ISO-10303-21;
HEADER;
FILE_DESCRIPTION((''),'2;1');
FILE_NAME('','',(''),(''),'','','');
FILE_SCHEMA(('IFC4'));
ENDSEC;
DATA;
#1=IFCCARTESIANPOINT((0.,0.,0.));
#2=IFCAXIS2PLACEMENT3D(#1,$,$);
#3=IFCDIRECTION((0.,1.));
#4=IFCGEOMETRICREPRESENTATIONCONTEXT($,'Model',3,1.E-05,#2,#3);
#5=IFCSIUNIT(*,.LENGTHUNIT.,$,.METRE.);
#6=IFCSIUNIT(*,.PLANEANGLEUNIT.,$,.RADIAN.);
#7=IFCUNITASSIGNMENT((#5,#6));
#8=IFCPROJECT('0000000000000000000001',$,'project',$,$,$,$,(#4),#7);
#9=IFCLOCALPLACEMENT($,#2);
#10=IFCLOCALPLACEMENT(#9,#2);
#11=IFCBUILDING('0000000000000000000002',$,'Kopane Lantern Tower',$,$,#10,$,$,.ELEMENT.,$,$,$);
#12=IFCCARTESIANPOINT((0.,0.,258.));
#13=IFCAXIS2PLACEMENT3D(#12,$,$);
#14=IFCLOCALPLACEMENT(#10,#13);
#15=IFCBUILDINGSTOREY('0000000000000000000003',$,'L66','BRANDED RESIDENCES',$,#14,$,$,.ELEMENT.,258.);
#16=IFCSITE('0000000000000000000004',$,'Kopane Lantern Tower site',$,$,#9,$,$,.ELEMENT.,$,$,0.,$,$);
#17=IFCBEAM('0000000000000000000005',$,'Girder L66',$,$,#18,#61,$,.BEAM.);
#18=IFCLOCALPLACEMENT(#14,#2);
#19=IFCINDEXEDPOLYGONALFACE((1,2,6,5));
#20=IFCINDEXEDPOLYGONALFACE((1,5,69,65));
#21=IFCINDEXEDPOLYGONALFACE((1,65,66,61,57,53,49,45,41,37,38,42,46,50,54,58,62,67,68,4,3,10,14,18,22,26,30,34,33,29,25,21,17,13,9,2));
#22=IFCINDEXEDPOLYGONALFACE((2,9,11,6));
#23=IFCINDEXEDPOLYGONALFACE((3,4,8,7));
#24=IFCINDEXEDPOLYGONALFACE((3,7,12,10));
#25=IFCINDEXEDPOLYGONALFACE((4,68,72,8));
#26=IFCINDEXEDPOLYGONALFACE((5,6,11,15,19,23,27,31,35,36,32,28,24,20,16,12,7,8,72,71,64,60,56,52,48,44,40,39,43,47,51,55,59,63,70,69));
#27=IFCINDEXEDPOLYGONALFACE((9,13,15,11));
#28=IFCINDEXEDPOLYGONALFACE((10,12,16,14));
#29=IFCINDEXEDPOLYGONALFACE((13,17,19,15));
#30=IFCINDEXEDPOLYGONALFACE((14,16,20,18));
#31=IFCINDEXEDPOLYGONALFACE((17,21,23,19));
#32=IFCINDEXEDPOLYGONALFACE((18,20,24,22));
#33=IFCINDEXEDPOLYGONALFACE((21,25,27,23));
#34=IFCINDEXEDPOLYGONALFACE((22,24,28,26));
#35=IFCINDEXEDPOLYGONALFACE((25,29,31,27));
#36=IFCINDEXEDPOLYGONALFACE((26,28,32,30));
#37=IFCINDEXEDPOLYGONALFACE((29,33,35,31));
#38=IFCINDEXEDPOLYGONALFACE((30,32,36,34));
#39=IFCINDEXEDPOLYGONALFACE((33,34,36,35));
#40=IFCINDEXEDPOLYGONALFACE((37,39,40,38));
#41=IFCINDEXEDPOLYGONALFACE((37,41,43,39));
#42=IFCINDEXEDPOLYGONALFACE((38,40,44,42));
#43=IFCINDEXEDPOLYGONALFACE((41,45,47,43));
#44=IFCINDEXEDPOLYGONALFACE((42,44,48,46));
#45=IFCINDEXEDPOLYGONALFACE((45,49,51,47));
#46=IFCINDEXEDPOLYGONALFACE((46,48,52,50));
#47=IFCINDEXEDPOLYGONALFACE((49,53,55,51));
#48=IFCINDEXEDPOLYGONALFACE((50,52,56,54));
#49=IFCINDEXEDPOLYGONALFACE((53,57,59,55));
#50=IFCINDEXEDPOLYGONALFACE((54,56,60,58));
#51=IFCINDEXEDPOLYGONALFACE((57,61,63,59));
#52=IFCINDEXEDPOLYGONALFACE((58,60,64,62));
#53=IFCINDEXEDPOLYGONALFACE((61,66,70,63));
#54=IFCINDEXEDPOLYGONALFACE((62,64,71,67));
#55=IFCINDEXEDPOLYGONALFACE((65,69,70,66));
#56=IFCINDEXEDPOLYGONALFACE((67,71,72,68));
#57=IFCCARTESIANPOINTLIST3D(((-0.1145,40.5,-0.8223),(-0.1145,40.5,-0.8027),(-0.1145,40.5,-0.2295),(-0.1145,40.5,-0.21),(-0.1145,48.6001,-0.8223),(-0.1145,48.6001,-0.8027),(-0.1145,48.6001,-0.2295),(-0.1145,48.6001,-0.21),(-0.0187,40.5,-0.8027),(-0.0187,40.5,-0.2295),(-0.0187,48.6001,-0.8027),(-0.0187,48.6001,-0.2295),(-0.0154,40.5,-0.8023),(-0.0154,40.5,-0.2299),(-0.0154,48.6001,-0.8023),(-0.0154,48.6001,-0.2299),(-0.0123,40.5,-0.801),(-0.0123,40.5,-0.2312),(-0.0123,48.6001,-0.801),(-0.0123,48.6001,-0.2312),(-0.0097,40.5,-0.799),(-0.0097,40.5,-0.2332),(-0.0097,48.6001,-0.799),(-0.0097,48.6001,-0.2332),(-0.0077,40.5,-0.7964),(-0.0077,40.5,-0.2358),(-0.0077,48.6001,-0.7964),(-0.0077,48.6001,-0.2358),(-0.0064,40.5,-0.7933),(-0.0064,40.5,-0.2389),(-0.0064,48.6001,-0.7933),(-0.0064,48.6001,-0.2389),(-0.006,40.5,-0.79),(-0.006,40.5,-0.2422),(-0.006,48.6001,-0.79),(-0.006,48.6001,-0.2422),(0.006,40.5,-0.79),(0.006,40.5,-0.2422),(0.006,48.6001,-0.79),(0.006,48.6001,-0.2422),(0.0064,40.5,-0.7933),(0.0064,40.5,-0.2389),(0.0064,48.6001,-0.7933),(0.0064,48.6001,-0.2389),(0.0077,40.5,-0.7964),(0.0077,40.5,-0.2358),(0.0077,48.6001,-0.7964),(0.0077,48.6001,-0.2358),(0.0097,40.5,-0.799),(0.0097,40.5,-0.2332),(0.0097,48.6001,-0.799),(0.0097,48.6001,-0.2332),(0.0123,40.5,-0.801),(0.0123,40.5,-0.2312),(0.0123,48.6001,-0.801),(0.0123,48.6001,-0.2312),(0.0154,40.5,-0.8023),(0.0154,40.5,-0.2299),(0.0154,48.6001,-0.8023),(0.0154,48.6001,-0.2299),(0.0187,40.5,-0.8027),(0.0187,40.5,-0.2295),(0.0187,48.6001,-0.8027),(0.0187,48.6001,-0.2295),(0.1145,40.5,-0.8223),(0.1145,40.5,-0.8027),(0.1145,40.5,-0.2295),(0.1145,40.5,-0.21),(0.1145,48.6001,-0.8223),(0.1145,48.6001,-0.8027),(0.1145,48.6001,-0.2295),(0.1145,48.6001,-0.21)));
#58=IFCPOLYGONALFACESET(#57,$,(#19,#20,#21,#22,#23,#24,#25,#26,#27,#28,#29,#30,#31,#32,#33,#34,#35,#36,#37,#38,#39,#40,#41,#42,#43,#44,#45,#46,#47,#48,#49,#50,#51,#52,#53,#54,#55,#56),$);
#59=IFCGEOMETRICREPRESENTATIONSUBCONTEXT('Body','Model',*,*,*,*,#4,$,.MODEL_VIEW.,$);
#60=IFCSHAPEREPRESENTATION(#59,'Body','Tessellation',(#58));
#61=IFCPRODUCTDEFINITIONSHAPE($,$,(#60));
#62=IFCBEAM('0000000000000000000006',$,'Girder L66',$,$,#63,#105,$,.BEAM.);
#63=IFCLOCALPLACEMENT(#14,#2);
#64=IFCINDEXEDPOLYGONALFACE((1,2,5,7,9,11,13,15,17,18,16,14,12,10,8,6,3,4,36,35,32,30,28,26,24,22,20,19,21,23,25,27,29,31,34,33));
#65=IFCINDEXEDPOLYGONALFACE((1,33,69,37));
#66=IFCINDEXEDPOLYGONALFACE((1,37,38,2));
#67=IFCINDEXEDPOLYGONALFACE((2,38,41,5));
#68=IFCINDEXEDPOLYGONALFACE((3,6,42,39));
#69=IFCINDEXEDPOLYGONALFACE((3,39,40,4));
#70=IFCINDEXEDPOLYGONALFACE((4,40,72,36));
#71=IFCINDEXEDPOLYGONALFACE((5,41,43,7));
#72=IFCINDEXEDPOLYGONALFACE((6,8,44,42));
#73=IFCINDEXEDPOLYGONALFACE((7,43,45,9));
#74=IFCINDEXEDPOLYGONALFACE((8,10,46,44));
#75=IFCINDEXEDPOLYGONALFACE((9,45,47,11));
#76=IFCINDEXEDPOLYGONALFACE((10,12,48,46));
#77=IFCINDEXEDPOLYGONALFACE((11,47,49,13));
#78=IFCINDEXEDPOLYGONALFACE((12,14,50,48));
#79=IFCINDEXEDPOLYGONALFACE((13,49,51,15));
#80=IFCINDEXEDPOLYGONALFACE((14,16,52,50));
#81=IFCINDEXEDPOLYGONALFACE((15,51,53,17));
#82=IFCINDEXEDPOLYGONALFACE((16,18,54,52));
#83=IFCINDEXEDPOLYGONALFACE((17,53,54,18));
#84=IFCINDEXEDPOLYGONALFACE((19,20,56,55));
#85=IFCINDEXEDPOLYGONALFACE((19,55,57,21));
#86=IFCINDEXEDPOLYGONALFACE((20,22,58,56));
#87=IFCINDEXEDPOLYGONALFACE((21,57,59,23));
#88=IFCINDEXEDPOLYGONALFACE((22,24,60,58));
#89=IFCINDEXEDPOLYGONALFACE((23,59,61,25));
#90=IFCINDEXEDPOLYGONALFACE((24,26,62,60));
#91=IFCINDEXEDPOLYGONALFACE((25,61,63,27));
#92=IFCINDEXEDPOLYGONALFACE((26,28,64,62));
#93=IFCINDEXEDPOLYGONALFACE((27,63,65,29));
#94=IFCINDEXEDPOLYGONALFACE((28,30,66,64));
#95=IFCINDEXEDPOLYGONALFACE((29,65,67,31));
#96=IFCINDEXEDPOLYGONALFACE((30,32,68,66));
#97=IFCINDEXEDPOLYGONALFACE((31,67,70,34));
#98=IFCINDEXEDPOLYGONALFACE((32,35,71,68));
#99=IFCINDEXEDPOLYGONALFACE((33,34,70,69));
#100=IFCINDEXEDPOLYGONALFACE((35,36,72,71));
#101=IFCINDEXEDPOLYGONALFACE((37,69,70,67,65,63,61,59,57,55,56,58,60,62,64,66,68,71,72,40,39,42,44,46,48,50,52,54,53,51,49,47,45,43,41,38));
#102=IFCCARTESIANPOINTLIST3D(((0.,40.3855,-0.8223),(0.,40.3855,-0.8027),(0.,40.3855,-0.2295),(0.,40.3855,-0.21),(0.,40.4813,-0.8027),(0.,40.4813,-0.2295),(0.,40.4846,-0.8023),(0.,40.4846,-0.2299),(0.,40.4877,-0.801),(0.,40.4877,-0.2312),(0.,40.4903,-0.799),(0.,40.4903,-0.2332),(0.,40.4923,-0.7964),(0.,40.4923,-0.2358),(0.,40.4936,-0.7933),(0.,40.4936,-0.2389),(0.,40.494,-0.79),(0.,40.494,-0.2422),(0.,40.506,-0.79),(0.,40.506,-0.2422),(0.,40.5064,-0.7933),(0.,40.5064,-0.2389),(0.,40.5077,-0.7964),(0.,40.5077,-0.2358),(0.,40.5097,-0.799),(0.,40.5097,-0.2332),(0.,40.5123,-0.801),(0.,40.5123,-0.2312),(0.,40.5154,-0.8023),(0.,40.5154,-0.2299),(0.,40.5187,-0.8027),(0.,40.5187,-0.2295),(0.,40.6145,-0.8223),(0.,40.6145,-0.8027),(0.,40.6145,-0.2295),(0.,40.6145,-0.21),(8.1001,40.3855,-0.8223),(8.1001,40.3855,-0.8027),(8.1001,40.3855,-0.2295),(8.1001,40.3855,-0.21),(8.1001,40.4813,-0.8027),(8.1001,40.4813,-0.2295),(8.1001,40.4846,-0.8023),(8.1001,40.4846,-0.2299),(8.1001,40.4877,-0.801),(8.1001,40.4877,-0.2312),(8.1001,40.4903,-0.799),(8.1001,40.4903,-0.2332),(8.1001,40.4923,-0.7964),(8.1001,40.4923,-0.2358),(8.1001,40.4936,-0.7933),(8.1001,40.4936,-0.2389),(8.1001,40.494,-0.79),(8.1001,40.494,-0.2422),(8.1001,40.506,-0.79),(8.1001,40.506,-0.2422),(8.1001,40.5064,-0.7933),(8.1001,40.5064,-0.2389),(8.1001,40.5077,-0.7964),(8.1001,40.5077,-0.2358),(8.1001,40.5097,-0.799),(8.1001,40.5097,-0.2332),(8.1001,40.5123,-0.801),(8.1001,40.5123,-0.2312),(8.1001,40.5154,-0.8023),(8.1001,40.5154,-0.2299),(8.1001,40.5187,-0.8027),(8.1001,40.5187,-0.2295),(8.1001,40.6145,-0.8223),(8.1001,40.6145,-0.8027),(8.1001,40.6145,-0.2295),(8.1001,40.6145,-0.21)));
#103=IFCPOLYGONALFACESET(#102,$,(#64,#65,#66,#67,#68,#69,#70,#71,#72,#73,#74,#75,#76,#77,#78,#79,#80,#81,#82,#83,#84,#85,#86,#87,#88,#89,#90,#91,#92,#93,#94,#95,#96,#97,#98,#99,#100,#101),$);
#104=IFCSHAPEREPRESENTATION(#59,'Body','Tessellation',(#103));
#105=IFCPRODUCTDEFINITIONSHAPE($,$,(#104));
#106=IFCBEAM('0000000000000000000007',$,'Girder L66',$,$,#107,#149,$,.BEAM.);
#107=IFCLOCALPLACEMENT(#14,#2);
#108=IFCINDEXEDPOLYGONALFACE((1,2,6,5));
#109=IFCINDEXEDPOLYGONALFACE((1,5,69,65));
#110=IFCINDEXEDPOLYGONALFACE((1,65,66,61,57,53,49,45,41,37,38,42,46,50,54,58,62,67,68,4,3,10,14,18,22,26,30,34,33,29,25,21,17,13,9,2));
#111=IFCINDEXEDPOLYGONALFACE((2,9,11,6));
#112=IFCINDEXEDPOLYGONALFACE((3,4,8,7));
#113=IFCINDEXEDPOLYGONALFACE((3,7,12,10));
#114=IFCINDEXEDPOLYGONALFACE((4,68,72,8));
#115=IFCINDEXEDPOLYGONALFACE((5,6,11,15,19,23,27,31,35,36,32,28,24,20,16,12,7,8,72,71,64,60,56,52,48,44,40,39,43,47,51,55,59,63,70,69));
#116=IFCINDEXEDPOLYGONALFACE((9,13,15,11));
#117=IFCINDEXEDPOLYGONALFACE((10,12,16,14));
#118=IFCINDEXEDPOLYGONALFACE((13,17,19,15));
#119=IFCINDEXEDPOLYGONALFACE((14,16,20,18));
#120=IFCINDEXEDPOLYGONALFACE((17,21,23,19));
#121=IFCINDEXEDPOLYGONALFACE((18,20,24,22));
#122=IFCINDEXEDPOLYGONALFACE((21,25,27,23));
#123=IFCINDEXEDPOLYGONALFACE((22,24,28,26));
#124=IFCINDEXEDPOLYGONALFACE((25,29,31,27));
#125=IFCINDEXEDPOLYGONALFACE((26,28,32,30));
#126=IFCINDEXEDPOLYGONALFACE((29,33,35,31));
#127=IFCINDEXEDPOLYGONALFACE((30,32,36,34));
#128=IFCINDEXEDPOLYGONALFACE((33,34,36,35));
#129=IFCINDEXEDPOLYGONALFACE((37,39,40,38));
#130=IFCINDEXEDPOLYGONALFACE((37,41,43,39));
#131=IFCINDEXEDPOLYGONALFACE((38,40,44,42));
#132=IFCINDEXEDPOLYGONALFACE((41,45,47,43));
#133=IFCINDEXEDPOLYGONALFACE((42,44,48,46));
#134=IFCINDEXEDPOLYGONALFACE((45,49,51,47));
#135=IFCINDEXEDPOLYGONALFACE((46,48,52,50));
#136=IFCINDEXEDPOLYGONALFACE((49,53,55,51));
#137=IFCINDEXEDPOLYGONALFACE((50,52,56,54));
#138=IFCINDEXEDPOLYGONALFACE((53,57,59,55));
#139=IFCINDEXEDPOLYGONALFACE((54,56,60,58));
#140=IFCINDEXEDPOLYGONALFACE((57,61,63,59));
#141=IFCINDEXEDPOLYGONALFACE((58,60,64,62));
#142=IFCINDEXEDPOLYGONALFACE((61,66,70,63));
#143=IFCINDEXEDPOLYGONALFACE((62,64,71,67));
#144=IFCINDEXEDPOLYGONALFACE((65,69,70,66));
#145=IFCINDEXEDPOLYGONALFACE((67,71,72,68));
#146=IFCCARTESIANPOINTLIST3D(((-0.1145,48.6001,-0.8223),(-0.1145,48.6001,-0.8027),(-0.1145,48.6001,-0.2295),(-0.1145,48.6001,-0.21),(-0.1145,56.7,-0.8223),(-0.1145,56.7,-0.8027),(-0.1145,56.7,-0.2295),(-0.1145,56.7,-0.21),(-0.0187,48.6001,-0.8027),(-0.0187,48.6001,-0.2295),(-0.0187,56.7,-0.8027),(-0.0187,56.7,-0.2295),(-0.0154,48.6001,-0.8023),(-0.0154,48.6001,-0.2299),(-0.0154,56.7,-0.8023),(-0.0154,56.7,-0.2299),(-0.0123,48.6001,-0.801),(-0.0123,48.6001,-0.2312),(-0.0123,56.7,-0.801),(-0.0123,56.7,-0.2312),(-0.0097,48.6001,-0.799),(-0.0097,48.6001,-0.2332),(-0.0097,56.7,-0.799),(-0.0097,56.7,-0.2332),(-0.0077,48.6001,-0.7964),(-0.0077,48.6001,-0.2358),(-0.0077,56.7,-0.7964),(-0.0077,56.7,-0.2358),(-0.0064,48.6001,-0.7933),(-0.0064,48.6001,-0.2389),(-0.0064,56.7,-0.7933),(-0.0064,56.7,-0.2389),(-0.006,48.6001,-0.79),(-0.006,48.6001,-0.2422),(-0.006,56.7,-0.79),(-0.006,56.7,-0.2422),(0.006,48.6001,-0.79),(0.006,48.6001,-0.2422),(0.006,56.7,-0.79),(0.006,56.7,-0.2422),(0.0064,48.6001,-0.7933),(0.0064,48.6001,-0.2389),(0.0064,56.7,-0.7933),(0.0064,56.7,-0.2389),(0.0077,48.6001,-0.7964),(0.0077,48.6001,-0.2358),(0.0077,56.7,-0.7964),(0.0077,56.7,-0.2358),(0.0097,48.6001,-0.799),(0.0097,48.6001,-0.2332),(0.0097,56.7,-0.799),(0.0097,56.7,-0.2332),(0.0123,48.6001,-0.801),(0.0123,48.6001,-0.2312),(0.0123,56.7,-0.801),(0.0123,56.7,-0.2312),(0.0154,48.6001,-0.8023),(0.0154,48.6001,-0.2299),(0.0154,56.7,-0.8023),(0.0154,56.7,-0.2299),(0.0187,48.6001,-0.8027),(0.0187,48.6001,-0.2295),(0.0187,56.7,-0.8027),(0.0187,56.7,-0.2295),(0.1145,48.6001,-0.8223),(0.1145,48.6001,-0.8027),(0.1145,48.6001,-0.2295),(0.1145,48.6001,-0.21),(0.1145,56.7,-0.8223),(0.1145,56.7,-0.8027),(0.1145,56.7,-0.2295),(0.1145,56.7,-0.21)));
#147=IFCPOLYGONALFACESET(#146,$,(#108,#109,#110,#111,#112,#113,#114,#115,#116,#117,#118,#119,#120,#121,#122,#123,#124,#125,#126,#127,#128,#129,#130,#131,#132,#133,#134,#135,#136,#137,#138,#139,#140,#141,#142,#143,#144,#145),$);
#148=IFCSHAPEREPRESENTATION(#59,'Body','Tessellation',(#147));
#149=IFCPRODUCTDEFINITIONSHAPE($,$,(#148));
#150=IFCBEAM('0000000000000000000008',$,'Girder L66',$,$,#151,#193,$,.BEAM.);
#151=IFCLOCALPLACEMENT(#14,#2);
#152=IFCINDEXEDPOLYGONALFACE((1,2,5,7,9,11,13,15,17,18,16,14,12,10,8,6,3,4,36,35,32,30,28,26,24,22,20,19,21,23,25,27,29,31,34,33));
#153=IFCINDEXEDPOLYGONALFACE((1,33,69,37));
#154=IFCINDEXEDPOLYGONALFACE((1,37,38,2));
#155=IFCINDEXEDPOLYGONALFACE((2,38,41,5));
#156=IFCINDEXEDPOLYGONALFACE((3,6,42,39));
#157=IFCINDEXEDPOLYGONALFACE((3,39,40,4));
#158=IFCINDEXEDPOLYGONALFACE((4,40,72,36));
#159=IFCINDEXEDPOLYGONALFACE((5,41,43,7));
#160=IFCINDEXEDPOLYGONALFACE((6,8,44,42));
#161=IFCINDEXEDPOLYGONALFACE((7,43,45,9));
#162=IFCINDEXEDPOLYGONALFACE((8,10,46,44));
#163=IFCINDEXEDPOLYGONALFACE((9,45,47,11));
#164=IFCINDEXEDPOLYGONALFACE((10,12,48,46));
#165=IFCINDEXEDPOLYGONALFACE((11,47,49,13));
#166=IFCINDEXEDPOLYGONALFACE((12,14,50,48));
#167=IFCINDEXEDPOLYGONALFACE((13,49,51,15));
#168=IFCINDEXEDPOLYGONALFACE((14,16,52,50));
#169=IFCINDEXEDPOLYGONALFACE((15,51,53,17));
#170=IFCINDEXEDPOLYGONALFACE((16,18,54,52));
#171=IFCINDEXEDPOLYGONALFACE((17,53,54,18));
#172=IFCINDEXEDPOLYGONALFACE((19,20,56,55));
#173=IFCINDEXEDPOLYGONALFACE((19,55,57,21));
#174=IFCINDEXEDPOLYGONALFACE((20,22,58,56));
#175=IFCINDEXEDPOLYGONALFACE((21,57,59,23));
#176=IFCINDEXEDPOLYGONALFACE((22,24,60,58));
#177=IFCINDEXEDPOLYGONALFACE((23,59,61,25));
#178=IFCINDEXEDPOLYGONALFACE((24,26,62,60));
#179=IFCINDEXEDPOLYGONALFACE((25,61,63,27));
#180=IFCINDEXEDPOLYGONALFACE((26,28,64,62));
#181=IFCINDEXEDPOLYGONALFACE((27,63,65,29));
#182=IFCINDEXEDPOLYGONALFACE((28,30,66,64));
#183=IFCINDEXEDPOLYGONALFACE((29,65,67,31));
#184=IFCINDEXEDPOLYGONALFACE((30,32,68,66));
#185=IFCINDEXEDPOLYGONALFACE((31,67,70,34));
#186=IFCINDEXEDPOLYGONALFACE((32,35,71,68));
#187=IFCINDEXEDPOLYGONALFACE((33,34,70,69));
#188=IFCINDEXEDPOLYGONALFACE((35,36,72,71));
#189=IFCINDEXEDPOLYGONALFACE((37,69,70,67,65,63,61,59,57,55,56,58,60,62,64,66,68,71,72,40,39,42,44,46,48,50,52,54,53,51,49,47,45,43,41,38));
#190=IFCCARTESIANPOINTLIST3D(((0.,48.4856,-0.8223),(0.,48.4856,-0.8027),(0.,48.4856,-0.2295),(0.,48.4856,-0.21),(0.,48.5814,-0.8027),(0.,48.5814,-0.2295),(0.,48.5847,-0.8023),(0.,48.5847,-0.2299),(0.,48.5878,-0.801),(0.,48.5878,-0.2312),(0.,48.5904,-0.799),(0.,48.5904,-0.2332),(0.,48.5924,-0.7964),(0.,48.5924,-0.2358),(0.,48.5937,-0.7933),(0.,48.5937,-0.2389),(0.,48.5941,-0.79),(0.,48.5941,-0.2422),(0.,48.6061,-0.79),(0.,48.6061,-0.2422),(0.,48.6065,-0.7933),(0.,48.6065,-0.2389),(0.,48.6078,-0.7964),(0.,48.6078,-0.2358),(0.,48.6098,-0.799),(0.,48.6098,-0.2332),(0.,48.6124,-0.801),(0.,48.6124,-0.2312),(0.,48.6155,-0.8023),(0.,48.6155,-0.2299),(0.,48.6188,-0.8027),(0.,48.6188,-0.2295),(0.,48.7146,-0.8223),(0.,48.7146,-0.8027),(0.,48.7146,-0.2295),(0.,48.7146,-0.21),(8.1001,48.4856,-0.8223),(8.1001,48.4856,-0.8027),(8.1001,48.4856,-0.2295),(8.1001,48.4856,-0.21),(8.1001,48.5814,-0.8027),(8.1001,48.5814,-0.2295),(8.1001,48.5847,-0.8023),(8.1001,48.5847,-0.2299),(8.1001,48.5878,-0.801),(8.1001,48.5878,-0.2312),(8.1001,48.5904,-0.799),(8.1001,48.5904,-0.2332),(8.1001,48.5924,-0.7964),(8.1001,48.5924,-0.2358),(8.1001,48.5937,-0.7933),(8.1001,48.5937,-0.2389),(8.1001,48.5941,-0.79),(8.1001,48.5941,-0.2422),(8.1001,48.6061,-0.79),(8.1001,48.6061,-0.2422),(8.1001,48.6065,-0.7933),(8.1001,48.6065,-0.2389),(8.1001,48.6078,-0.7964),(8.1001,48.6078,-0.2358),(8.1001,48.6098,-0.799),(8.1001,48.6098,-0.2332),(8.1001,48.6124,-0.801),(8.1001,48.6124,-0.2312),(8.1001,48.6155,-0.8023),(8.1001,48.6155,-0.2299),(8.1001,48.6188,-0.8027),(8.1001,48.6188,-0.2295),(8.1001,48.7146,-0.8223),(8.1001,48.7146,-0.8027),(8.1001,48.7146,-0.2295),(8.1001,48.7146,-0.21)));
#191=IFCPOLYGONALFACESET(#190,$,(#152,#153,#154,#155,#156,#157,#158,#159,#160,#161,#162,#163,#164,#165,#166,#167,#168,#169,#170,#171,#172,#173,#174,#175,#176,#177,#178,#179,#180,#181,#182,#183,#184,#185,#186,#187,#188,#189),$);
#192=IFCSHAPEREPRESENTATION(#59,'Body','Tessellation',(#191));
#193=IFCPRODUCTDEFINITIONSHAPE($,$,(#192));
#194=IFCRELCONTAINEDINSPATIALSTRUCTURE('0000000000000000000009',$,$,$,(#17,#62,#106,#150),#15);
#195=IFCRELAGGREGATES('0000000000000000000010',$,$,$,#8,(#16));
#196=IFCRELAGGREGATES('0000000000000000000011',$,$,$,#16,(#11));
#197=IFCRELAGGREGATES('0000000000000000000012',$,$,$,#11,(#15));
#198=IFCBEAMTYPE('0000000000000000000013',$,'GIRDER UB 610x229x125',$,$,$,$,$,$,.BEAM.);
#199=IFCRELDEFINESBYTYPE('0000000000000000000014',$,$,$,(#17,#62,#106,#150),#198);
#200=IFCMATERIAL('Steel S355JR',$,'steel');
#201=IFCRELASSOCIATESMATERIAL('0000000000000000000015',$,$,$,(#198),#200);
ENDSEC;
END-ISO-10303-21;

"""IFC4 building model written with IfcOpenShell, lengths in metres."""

from ifc_helpers import new_model, si_unit, direction, frame, origin, origin_2d, place, context, subcontext, project, spatial, i_section, extrude, material, material_profile, profile_set, type_object, element, save


model = new_model("IFC4")

# Units and contexts
model_context = context("Model", 3, precision=1e-05, world=origin(), true_north=direction((0.0, 1.0)))
body_context = subcontext(model_context, "Body", "Model", "MODEL_VIEW")
ifc_project = project(units=[si_unit("LENGTHUNIT", "METRE"), si_unit("PLANEANGLEUNIT", "RADIAN")], contexts=[model_context])

# Site, building, storey
site_placement = place(None, origin())
site = spatial("IfcSite", under=ifc_project, at=site_placement, Name="Kopane Lantern Tower site", CompositionType="ELEMENT", RefElevation=0.0)
building_placement = place(site_placement, origin())
building = spatial("IfcBuilding", under=site, at=building_placement, Name="Kopane Lantern Tower", CompositionType="ELEMENT")
storey_placement = place(building_placement, frame((0.0, 0.0, 258.0)))
storey = spatial("IfcBuildingStorey", under=building, at=storey_placement, Name="L66", Description="BRANDED RESIDENCES", CompositionType="ELEMENT", Elevation=258.0)

# Beams
ifc_material_1 = material(Name="Steel S355JR", Category="steel")
ifc_material_profile_1 = material_profile(ifc_material_1, i_section(OverallWidth=0.229, OverallDepth=0.6123, WebThickness=0.012, FlangeThickness=0.0195, FilletRadius=0.0127, at=origin_2d()), Name="UB 610x229x125")
ifc_profile_set_1 = profile_set([ifc_material_profile_1], Name="Steel S355JR")
beam_type = type_object("IfcBeamType", Name="GIRDER UB 610x229x125", PredefinedType="BEAM", material=ifc_profile_set_1)
for number, where, z_axis, x_axis, name in (
    (1, (0.0, 40.5, -0.5161), (0.0, 1.0, 0.0), (-1.0, 0.0, 0.0), "Girder L66"),
    (2, (0.0, 40.5, -0.5161), (1.0, 0.0, 0.0), (0.0, 1.0, 0.0), "Girder L66"),
):
    element("IfcBeam", number, at=place(storey_placement, frame(where, z_axis=z_axis, x_axis=x_axis)), inside=storey, type_object=beam_type, Name=name, PredefinedType="BEAM", context=body_context, shape_type="SweptSolid", body=[
        extrude(i_section(OverallWidth=0.229, OverallDepth=0.6123, WebThickness=0.012, FlangeThickness=0.0195, FilletRadius=0.0127, at=origin_2d()), origin(), (0.0, 0.0, 1.0), 8.1001),
    ])
beam_placement = place(storey_placement, frame((0.0, 48.6001, -0.5161), z_axis=(0.0, 1.0, 0.0), x_axis=(-1.0, 0.0, 0.0)))
element("IfcBeam", 3, at=beam_placement, inside=storey, type_object=beam_type, Name="Girder L66", PredefinedType="BEAM", context=body_context, shape_type="SweptSolid", body=[
    extrude(i_section(OverallWidth=0.229, OverallDepth=0.6123, WebThickness=0.012, FlangeThickness=0.0195, FilletRadius=0.0127, at=origin_2d()), origin(), (0.0, 0.0, 1.0), 8.0999),
])
for number, where, z_axis, x_axis, name in (
    (4, (0.0, 48.6001, -0.5161), (1.0, 0.0, 0.0), (0.0, 1.0, 0.0), "Girder L66"),
):
    element("IfcBeam", number, at=place(storey_placement, frame(where, z_axis=z_axis, x_axis=x_axis)), inside=storey, type_object=beam_type, Name=name, PredefinedType="BEAM", context=body_context, shape_type="SweptSolid", body=[
        extrude(i_section(OverallWidth=0.229, OverallDepth=0.6123, WebThickness=0.012, FlangeThickness=0.0195, FilletRadius=0.0127, at=origin_2d()), origin(), (0.0, 0.0, 1.0), 8.1001),
    ])

save(model, "model.ifc")
